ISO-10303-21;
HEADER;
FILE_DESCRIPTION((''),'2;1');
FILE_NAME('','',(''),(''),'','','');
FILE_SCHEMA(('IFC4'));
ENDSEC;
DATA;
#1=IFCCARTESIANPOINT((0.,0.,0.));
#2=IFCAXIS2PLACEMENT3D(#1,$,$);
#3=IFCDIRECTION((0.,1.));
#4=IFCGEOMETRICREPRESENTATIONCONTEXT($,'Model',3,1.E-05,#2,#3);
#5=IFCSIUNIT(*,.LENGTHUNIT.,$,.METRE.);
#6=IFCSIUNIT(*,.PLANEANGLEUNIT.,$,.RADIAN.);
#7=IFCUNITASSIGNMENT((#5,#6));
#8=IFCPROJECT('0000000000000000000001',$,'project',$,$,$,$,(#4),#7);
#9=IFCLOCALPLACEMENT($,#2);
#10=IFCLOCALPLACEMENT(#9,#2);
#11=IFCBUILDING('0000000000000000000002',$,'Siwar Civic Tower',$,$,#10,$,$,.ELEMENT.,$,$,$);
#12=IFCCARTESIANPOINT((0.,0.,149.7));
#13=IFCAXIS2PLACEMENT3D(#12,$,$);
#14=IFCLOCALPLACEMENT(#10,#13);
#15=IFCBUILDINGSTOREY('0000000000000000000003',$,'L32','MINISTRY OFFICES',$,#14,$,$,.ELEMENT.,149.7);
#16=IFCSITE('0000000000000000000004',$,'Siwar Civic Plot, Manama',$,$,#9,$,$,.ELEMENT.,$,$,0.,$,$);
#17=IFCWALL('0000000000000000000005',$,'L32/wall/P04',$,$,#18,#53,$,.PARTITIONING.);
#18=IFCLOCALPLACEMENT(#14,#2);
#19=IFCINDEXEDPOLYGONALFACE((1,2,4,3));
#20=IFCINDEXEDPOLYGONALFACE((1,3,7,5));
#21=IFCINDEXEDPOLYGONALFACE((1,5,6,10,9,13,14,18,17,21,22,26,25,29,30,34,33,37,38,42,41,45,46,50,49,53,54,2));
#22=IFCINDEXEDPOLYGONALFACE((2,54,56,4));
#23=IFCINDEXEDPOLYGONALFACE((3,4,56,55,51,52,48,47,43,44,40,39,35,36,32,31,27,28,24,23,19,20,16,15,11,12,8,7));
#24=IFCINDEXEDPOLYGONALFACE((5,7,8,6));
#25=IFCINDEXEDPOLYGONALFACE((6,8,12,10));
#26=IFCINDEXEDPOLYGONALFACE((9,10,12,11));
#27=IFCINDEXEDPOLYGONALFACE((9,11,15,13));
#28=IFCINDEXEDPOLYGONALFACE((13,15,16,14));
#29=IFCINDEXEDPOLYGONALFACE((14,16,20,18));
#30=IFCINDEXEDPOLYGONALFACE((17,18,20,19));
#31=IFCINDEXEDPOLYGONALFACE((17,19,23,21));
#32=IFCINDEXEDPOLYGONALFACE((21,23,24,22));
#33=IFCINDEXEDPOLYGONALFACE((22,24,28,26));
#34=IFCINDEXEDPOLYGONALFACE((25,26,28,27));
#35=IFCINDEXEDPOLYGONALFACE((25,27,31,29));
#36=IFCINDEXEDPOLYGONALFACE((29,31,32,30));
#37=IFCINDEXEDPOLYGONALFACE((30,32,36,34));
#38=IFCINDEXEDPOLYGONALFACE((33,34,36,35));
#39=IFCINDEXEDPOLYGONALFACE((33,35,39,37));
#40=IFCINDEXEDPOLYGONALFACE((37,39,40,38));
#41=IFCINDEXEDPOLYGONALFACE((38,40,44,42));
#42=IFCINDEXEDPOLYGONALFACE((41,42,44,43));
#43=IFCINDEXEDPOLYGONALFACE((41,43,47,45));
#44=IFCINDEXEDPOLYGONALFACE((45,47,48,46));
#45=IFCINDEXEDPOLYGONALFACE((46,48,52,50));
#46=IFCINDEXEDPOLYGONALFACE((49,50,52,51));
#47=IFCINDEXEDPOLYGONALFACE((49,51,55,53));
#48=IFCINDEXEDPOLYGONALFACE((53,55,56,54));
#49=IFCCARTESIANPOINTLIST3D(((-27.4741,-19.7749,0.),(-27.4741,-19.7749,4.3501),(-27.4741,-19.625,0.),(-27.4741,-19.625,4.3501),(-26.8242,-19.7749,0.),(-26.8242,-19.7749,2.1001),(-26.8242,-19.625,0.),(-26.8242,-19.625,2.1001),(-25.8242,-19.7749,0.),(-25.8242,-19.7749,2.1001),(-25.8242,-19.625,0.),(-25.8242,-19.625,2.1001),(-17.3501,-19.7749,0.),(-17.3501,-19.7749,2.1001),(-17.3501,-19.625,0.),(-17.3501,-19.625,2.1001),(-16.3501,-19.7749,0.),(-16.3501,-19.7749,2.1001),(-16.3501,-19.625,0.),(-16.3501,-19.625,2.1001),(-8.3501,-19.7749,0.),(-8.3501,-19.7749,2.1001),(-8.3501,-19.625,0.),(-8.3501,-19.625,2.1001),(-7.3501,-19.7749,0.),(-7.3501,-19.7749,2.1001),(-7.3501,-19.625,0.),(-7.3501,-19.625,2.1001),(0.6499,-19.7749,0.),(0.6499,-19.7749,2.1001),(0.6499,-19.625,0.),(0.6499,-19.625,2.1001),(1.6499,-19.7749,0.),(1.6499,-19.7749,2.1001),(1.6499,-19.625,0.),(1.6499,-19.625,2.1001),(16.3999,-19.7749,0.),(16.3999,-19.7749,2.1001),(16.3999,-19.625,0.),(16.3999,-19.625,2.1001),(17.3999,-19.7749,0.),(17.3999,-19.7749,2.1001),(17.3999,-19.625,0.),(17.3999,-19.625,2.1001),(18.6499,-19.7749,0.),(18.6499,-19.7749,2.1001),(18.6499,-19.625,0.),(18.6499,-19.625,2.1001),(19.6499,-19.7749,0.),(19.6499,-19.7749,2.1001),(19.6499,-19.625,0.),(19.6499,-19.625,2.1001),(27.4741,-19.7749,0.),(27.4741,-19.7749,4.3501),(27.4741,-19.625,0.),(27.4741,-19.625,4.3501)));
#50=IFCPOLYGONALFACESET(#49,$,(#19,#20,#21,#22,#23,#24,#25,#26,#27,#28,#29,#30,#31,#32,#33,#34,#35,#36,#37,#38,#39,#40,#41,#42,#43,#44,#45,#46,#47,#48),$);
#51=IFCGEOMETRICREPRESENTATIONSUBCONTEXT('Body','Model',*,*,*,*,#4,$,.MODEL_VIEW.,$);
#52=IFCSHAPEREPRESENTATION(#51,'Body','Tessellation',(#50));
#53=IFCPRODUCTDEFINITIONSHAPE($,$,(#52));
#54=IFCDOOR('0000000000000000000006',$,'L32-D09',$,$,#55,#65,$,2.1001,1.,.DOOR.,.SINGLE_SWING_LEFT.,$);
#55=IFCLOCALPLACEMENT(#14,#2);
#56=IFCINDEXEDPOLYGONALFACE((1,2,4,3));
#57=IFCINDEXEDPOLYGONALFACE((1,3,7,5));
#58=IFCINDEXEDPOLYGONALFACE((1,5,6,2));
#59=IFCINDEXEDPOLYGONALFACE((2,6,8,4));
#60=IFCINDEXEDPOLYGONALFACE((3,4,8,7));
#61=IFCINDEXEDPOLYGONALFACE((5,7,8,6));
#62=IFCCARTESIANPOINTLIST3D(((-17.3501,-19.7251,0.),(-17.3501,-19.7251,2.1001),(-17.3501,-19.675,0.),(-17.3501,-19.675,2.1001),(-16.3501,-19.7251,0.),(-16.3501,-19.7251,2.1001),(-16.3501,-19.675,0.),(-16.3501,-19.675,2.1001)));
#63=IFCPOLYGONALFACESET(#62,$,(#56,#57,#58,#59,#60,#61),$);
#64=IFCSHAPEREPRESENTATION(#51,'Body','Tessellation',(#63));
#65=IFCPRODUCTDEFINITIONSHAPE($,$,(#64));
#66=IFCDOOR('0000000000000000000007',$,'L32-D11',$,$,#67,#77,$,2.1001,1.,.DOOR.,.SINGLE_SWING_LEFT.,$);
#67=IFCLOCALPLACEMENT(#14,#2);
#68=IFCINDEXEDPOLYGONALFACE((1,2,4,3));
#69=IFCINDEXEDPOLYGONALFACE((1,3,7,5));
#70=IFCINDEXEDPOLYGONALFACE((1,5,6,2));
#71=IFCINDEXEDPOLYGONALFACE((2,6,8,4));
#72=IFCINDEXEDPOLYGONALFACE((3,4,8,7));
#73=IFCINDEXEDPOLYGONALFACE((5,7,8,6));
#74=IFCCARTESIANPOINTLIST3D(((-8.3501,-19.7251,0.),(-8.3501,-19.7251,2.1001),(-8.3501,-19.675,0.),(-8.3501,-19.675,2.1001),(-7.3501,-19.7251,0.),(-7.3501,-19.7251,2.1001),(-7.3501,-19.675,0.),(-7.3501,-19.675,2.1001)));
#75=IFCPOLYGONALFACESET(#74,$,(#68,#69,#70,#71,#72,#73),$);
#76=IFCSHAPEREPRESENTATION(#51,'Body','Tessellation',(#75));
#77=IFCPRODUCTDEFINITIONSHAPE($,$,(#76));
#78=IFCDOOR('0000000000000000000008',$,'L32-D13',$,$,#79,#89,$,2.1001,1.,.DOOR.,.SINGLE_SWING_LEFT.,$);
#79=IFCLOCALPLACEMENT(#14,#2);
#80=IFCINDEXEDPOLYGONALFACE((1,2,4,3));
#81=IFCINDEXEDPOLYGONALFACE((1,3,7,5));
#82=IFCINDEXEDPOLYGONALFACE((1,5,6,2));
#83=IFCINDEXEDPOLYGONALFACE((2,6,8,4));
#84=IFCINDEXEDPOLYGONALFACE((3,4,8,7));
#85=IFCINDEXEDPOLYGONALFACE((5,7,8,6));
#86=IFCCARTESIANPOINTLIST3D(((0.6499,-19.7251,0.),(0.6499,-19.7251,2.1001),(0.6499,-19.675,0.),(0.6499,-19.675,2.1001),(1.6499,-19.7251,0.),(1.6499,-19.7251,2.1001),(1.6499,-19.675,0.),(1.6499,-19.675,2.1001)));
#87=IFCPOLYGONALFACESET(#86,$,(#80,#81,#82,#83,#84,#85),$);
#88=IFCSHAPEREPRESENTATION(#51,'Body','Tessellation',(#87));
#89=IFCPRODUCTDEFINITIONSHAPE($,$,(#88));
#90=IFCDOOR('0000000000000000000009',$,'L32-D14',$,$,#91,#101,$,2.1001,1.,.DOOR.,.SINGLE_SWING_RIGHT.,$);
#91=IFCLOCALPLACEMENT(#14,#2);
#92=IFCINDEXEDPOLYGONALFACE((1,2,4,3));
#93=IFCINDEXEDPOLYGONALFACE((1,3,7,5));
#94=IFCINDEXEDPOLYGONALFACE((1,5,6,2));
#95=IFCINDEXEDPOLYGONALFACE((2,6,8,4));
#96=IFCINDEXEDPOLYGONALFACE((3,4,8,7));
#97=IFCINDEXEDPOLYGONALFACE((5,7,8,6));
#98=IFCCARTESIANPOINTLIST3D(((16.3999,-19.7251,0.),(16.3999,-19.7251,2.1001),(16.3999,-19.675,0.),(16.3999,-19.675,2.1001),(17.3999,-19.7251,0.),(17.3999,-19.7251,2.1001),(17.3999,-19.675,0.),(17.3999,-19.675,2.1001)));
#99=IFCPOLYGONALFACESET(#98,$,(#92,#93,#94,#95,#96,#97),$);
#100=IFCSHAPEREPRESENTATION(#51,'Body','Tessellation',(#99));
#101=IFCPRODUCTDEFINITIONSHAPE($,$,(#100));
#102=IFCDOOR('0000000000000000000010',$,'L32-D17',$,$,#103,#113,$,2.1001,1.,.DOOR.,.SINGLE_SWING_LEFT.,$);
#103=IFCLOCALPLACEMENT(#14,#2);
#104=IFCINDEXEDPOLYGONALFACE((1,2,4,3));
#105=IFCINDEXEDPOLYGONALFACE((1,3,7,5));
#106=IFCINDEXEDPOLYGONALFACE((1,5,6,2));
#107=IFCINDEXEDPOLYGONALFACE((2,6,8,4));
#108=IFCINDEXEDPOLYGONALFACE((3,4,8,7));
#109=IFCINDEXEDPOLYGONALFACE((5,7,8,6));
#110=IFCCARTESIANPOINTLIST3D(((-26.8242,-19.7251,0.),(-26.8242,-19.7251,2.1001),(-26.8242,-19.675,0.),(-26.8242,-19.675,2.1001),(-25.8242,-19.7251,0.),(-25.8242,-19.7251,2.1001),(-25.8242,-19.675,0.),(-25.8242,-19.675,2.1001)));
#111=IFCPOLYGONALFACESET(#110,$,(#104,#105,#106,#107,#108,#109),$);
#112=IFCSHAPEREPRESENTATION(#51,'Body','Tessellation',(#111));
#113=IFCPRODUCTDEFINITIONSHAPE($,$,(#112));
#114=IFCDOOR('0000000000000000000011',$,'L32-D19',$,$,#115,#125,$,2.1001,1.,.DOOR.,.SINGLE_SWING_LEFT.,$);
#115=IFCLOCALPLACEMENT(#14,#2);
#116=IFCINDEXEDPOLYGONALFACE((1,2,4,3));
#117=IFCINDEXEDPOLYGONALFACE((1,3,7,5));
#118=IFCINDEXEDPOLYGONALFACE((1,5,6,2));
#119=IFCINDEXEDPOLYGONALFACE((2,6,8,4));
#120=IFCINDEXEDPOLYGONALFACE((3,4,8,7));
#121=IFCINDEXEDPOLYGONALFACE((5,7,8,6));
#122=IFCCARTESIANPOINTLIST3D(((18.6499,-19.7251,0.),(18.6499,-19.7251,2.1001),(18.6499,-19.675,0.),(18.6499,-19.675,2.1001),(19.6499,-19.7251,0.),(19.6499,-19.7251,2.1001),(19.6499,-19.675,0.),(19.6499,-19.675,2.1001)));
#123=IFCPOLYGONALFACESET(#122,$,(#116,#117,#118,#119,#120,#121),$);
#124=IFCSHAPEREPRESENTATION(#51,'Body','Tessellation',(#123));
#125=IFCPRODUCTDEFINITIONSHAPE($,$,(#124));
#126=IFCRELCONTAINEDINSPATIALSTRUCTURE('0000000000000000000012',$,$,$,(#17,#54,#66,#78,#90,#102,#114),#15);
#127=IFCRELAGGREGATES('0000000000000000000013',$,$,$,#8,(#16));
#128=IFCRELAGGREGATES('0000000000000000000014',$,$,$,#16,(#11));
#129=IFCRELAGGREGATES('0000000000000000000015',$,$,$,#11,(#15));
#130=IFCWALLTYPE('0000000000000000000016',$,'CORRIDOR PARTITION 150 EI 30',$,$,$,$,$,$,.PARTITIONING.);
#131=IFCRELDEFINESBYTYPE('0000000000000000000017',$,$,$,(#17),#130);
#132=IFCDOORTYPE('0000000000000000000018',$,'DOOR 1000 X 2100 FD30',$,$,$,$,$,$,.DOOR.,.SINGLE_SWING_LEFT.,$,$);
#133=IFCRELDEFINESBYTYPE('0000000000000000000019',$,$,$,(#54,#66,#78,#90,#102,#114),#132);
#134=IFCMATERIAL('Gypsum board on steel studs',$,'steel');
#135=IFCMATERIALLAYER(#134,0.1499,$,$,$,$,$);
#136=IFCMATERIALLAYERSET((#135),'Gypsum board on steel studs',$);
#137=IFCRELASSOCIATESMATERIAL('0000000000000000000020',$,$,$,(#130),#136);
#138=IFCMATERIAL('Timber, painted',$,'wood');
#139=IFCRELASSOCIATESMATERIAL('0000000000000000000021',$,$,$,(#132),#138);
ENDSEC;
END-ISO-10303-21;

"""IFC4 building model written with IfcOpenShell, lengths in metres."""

from ifc_helpers import new_model, si_unit, direction, frame, frame_2d, origin, place, context, subcontext, project, spatial, rectangle, extrude, material, layer, layer_set, type_object, element, fill, save


model = new_model("IFC4")

# Units and contexts
model_context = context("Model", 3, precision=1e-05, world=origin(), true_north=direction((0.0, 1.0)))
body_context = subcontext(model_context, "Body", "Model", "MODEL_VIEW")
ifc_project = project(units=[si_unit("LENGTHUNIT", "METRE"), si_unit("PLANEANGLEUNIT", "RADIAN")], contexts=[model_context])

# Site, building, storey
site_placement = place(None, origin())
site = spatial("IfcSite", under=ifc_project, at=site_placement, Name="Siwar Civic Plot, Manama", CompositionType="ELEMENT", RefElevation=0.0)
building_placement = place(site_placement, origin())
building = spatial("IfcBuilding", under=site, at=building_placement, Name="Siwar Civic Tower", CompositionType="ELEMENT")
storey_placement = place(building_placement, frame((0.0, 0.0, 149.7)))
storey = spatial("IfcBuildingStorey", under=building, at=storey_placement, Name="L32", Description="MINISTRY OFFICES", CompositionType="ELEMENT", Elevation=149.7)

# Wall, openings, doors
ifc_material_1 = material(Name="Gypsum board on steel studs", Category="steel")
ifc_layer_1 = layer(ifc_material_1, 0.1499)
ifc_layer_set_1 = layer_set([ifc_layer_1], Name="Gypsum board on steel studs")
wall_type_1 = type_object("IfcWallType", Name="CORRIDOR PARTITION 150 EI 30", PredefinedType="PARTITIONING", material=ifc_layer_set_1)
wall_1_placement = place(storey_placement, frame((-27.4741, -19.7, 0.0), z_axis=(0.0, 0.0, 1.0), x_axis=(1.0, 0.0, 0.0)))
wall_1 = element("IfcWall", 1, at=wall_1_placement, inside=storey, type_object=wall_type_1, Name="L32/wall/P04", PredefinedType="PARTITIONING", context=body_context, shape_type="SweptSolid", body=[
    extrude(rectangle(XDim=54.9482, YDim=0.1499, at=frame_2d((27.4741, 0.0))), origin(), (0.0, 0.0, 1.0), 4.3501),
])
opening_1_placement = place(wall_1_placement, frame((10.124, 0.0, 0.0)))
opening_1 = element("IfcOpeningElement", 2, at=opening_1_placement, cuts=wall_1, PredefinedType="OPENING", context=body_context, shape_type="SweptSolid", body=[
    extrude(rectangle(XDim=1.0, YDim=2.1001, at=frame_2d((0.5, 1.05))), frame((0.0, 0.085, 0.0), z_axis=(0.0, -1.0, 0.0), x_axis=(1.0, 0.0, 0.0)), (0.0, 0.0, 1.0), 0.1699),
])
opening_2_placement = place(wall_1_placement, frame((19.124, 0.0, 0.0)))
opening_2 = element("IfcOpeningElement", 3, at=opening_2_placement, cuts=wall_1, PredefinedType="OPENING", context=body_context, shape_type="SweptSolid", body=[
    extrude(rectangle(XDim=1.0, YDim=2.1001, at=frame_2d((0.5, 1.05))), frame((0.0, 0.085, 0.0), z_axis=(0.0, -1.0, 0.0), x_axis=(1.0, 0.0, 0.0)), (0.0, 0.0, 1.0), 0.1699),
])
opening_3_placement = place(wall_1_placement, frame((28.124, 0.0, 0.0)))
opening_3 = element("IfcOpeningElement", 4, at=opening_3_placement, cuts=wall_1, PredefinedType="OPENING", context=body_context, shape_type="SweptSolid", body=[
    extrude(rectangle(XDim=1.0, YDim=2.1001, at=frame_2d((0.5, 1.05))), frame((0.0, 0.085, 0.0), z_axis=(0.0, -1.0, 0.0), x_axis=(1.0, 0.0, 0.0)), (0.0, 0.0, 1.0), 0.1699),
])
opening_4_placement = place(wall_1_placement, frame((43.874, 0.0, 0.0)))
opening_4 = element("IfcOpeningElement", 5, at=opening_4_placement, cuts=wall_1, PredefinedType="OPENING", context=body_context, shape_type="SweptSolid", body=[
    extrude(rectangle(XDim=1.0, YDim=2.1001, at=frame_2d((0.5, 1.05))), frame((0.0, 0.085, 0.0), z_axis=(0.0, -1.0, 0.0), x_axis=(1.0, 0.0, 0.0)), (0.0, 0.0, 1.0), 0.1699),
])
opening_5_placement = place(wall_1_placement, frame((0.6499, 0.0, 0.0)))
opening_5 = element("IfcOpeningElement", 6, at=opening_5_placement, cuts=wall_1, PredefinedType="OPENING", context=body_context, shape_type="SweptSolid", body=[
    extrude(rectangle(XDim=1.0, YDim=2.1001, at=frame_2d((0.5, 1.05))), frame((0.0, 0.085, 0.0), z_axis=(0.0, -1.0, 0.0), x_axis=(1.0, 0.0, 0.0)), (0.0, 0.0, 1.0), 0.1699),
])
opening_6_placement = place(wall_1_placement, frame((46.124, 0.0, 0.0)))
opening_6 = element("IfcOpeningElement", 7, at=opening_6_placement, cuts=wall_1, PredefinedType="OPENING", context=body_context, shape_type="SweptSolid", body=[
    extrude(rectangle(XDim=1.0, YDim=2.1001, at=frame_2d((0.5, 1.05))), frame((0.0, 0.085, 0.0), z_axis=(0.0, -1.0, 0.0), x_axis=(1.0, 0.0, 0.0)), (0.0, 0.0, 1.0), 0.1699),
])
ifc_material_2 = material(Name="Timber, painted", Category="wood")
door_type_1 = type_object("IfcDoorType", Name="DOOR 1000 X 2100 FD30", OperationType="SINGLE_SWING_LEFT", PredefinedType="DOOR", material=ifc_material_2)
door_1_placement = place(opening_1_placement, origin())
door_1 = element("IfcDoor", 8, at=door_1_placement, inside=storey, type_object=door_type_1, Name="L32-D09", OperationType="SINGLE_SWING_LEFT", OverallHeight=2.1001, OverallWidth=1.0, PredefinedType="DOOR", context=body_context, shape_type="SweptSolid", body=[
    extrude(rectangle(XDim=1.0, YDim=2.1001, at=frame_2d((0.5, 1.05))), frame((0.0, 0.0249, 0.0), z_axis=(0.0, -1.0, 0.0), x_axis=(1.0, 0.0, 0.0)), (0.0, 0.0, 1.0), 0.05),
])
fill(opening_1, door_1)
door_2_placement = place(opening_2_placement, origin())
door_2 = element("IfcDoor", 9, at=door_2_placement, inside=storey, type_object=door_type_1, Name="L32-D11", OperationType="SINGLE_SWING_LEFT", OverallHeight=2.1001, OverallWidth=1.0, PredefinedType="DOOR", context=body_context, shape_type="SweptSolid", body=[
    extrude(rectangle(XDim=1.0, YDim=2.1001, at=frame_2d((0.5, 1.05))), frame((0.0, 0.0249, 0.0), z_axis=(0.0, -1.0, 0.0), x_axis=(1.0, 0.0, 0.0)), (0.0, 0.0, 1.0), 0.05),
])
fill(opening_2, door_2)
door_3_placement = place(opening_3_placement, origin())
door_3 = element("IfcDoor", 10, at=door_3_placement, inside=storey, type_object=door_type_1, Name="L32-D13", OperationType="SINGLE_SWING_LEFT", OverallHeight=2.1001, OverallWidth=1.0, PredefinedType="DOOR", context=body_context, shape_type="SweptSolid", body=[
    extrude(rectangle(XDim=1.0, YDim=2.1001, at=frame_2d((0.5, 1.05))), frame((0.0, 0.0249, 0.0), z_axis=(0.0, -1.0, 0.0), x_axis=(1.0, 0.0, 0.0)), (0.0, 0.0, 1.0), 0.05),
])
fill(opening_3, door_3)
door_4_placement = place(opening_4_placement, origin())
door_4 = element("IfcDoor", 11, at=door_4_placement, inside=storey, type_object=door_type_1, Name="L32-D14", OperationType="SINGLE_SWING_RIGHT", OverallHeight=2.1001, OverallWidth=1.0, PredefinedType="DOOR", context=body_context, shape_type="SweptSolid", body=[
    extrude(rectangle(XDim=1.0, YDim=2.1001, at=frame_2d((0.5, 1.05))), frame((0.0, 0.0249, 0.0), z_axis=(0.0, -1.0, 0.0), x_axis=(1.0, 0.0, 0.0)), (0.0, 0.0, 1.0), 0.05),
])
fill(opening_4, door_4)
door_5_placement = place(opening_5_placement, origin())
door_5 = element("IfcDoor", 12, at=door_5_placement, inside=storey, type_object=door_type_1, Name="L32-D17", OperationType="SINGLE_SWING_LEFT", OverallHeight=2.1001, OverallWidth=1.0, PredefinedType="DOOR", context=body_context, shape_type="SweptSolid", body=[
    extrude(rectangle(XDim=1.0, YDim=2.1001, at=frame_2d((0.5, 1.05))), frame((0.0, 0.0249, 0.0), z_axis=(0.0, -1.0, 0.0), x_axis=(1.0, 0.0, 0.0)), (0.0, 0.0, 1.0), 0.05),
])
fill(opening_5, door_5)
door_6_placement = place(opening_6_placement, origin())
door_6 = element("IfcDoor", 13, at=door_6_placement, inside=storey, type_object=door_type_1, Name="L32-D19", OperationType="SINGLE_SWING_LEFT", OverallHeight=2.1001, OverallWidth=1.0, PredefinedType="DOOR", context=body_context, shape_type="SweptSolid", body=[
    extrude(rectangle(XDim=1.0, YDim=2.1001, at=frame_2d((0.5, 1.05))), frame((0.0, 0.0249, 0.0), z_axis=(0.0, -1.0, 0.0), x_axis=(1.0, 0.0, 0.0)), (0.0, 0.0, 1.0), 0.05),
])
fill(opening_6, door_6)

save(model, "model.ifc")
